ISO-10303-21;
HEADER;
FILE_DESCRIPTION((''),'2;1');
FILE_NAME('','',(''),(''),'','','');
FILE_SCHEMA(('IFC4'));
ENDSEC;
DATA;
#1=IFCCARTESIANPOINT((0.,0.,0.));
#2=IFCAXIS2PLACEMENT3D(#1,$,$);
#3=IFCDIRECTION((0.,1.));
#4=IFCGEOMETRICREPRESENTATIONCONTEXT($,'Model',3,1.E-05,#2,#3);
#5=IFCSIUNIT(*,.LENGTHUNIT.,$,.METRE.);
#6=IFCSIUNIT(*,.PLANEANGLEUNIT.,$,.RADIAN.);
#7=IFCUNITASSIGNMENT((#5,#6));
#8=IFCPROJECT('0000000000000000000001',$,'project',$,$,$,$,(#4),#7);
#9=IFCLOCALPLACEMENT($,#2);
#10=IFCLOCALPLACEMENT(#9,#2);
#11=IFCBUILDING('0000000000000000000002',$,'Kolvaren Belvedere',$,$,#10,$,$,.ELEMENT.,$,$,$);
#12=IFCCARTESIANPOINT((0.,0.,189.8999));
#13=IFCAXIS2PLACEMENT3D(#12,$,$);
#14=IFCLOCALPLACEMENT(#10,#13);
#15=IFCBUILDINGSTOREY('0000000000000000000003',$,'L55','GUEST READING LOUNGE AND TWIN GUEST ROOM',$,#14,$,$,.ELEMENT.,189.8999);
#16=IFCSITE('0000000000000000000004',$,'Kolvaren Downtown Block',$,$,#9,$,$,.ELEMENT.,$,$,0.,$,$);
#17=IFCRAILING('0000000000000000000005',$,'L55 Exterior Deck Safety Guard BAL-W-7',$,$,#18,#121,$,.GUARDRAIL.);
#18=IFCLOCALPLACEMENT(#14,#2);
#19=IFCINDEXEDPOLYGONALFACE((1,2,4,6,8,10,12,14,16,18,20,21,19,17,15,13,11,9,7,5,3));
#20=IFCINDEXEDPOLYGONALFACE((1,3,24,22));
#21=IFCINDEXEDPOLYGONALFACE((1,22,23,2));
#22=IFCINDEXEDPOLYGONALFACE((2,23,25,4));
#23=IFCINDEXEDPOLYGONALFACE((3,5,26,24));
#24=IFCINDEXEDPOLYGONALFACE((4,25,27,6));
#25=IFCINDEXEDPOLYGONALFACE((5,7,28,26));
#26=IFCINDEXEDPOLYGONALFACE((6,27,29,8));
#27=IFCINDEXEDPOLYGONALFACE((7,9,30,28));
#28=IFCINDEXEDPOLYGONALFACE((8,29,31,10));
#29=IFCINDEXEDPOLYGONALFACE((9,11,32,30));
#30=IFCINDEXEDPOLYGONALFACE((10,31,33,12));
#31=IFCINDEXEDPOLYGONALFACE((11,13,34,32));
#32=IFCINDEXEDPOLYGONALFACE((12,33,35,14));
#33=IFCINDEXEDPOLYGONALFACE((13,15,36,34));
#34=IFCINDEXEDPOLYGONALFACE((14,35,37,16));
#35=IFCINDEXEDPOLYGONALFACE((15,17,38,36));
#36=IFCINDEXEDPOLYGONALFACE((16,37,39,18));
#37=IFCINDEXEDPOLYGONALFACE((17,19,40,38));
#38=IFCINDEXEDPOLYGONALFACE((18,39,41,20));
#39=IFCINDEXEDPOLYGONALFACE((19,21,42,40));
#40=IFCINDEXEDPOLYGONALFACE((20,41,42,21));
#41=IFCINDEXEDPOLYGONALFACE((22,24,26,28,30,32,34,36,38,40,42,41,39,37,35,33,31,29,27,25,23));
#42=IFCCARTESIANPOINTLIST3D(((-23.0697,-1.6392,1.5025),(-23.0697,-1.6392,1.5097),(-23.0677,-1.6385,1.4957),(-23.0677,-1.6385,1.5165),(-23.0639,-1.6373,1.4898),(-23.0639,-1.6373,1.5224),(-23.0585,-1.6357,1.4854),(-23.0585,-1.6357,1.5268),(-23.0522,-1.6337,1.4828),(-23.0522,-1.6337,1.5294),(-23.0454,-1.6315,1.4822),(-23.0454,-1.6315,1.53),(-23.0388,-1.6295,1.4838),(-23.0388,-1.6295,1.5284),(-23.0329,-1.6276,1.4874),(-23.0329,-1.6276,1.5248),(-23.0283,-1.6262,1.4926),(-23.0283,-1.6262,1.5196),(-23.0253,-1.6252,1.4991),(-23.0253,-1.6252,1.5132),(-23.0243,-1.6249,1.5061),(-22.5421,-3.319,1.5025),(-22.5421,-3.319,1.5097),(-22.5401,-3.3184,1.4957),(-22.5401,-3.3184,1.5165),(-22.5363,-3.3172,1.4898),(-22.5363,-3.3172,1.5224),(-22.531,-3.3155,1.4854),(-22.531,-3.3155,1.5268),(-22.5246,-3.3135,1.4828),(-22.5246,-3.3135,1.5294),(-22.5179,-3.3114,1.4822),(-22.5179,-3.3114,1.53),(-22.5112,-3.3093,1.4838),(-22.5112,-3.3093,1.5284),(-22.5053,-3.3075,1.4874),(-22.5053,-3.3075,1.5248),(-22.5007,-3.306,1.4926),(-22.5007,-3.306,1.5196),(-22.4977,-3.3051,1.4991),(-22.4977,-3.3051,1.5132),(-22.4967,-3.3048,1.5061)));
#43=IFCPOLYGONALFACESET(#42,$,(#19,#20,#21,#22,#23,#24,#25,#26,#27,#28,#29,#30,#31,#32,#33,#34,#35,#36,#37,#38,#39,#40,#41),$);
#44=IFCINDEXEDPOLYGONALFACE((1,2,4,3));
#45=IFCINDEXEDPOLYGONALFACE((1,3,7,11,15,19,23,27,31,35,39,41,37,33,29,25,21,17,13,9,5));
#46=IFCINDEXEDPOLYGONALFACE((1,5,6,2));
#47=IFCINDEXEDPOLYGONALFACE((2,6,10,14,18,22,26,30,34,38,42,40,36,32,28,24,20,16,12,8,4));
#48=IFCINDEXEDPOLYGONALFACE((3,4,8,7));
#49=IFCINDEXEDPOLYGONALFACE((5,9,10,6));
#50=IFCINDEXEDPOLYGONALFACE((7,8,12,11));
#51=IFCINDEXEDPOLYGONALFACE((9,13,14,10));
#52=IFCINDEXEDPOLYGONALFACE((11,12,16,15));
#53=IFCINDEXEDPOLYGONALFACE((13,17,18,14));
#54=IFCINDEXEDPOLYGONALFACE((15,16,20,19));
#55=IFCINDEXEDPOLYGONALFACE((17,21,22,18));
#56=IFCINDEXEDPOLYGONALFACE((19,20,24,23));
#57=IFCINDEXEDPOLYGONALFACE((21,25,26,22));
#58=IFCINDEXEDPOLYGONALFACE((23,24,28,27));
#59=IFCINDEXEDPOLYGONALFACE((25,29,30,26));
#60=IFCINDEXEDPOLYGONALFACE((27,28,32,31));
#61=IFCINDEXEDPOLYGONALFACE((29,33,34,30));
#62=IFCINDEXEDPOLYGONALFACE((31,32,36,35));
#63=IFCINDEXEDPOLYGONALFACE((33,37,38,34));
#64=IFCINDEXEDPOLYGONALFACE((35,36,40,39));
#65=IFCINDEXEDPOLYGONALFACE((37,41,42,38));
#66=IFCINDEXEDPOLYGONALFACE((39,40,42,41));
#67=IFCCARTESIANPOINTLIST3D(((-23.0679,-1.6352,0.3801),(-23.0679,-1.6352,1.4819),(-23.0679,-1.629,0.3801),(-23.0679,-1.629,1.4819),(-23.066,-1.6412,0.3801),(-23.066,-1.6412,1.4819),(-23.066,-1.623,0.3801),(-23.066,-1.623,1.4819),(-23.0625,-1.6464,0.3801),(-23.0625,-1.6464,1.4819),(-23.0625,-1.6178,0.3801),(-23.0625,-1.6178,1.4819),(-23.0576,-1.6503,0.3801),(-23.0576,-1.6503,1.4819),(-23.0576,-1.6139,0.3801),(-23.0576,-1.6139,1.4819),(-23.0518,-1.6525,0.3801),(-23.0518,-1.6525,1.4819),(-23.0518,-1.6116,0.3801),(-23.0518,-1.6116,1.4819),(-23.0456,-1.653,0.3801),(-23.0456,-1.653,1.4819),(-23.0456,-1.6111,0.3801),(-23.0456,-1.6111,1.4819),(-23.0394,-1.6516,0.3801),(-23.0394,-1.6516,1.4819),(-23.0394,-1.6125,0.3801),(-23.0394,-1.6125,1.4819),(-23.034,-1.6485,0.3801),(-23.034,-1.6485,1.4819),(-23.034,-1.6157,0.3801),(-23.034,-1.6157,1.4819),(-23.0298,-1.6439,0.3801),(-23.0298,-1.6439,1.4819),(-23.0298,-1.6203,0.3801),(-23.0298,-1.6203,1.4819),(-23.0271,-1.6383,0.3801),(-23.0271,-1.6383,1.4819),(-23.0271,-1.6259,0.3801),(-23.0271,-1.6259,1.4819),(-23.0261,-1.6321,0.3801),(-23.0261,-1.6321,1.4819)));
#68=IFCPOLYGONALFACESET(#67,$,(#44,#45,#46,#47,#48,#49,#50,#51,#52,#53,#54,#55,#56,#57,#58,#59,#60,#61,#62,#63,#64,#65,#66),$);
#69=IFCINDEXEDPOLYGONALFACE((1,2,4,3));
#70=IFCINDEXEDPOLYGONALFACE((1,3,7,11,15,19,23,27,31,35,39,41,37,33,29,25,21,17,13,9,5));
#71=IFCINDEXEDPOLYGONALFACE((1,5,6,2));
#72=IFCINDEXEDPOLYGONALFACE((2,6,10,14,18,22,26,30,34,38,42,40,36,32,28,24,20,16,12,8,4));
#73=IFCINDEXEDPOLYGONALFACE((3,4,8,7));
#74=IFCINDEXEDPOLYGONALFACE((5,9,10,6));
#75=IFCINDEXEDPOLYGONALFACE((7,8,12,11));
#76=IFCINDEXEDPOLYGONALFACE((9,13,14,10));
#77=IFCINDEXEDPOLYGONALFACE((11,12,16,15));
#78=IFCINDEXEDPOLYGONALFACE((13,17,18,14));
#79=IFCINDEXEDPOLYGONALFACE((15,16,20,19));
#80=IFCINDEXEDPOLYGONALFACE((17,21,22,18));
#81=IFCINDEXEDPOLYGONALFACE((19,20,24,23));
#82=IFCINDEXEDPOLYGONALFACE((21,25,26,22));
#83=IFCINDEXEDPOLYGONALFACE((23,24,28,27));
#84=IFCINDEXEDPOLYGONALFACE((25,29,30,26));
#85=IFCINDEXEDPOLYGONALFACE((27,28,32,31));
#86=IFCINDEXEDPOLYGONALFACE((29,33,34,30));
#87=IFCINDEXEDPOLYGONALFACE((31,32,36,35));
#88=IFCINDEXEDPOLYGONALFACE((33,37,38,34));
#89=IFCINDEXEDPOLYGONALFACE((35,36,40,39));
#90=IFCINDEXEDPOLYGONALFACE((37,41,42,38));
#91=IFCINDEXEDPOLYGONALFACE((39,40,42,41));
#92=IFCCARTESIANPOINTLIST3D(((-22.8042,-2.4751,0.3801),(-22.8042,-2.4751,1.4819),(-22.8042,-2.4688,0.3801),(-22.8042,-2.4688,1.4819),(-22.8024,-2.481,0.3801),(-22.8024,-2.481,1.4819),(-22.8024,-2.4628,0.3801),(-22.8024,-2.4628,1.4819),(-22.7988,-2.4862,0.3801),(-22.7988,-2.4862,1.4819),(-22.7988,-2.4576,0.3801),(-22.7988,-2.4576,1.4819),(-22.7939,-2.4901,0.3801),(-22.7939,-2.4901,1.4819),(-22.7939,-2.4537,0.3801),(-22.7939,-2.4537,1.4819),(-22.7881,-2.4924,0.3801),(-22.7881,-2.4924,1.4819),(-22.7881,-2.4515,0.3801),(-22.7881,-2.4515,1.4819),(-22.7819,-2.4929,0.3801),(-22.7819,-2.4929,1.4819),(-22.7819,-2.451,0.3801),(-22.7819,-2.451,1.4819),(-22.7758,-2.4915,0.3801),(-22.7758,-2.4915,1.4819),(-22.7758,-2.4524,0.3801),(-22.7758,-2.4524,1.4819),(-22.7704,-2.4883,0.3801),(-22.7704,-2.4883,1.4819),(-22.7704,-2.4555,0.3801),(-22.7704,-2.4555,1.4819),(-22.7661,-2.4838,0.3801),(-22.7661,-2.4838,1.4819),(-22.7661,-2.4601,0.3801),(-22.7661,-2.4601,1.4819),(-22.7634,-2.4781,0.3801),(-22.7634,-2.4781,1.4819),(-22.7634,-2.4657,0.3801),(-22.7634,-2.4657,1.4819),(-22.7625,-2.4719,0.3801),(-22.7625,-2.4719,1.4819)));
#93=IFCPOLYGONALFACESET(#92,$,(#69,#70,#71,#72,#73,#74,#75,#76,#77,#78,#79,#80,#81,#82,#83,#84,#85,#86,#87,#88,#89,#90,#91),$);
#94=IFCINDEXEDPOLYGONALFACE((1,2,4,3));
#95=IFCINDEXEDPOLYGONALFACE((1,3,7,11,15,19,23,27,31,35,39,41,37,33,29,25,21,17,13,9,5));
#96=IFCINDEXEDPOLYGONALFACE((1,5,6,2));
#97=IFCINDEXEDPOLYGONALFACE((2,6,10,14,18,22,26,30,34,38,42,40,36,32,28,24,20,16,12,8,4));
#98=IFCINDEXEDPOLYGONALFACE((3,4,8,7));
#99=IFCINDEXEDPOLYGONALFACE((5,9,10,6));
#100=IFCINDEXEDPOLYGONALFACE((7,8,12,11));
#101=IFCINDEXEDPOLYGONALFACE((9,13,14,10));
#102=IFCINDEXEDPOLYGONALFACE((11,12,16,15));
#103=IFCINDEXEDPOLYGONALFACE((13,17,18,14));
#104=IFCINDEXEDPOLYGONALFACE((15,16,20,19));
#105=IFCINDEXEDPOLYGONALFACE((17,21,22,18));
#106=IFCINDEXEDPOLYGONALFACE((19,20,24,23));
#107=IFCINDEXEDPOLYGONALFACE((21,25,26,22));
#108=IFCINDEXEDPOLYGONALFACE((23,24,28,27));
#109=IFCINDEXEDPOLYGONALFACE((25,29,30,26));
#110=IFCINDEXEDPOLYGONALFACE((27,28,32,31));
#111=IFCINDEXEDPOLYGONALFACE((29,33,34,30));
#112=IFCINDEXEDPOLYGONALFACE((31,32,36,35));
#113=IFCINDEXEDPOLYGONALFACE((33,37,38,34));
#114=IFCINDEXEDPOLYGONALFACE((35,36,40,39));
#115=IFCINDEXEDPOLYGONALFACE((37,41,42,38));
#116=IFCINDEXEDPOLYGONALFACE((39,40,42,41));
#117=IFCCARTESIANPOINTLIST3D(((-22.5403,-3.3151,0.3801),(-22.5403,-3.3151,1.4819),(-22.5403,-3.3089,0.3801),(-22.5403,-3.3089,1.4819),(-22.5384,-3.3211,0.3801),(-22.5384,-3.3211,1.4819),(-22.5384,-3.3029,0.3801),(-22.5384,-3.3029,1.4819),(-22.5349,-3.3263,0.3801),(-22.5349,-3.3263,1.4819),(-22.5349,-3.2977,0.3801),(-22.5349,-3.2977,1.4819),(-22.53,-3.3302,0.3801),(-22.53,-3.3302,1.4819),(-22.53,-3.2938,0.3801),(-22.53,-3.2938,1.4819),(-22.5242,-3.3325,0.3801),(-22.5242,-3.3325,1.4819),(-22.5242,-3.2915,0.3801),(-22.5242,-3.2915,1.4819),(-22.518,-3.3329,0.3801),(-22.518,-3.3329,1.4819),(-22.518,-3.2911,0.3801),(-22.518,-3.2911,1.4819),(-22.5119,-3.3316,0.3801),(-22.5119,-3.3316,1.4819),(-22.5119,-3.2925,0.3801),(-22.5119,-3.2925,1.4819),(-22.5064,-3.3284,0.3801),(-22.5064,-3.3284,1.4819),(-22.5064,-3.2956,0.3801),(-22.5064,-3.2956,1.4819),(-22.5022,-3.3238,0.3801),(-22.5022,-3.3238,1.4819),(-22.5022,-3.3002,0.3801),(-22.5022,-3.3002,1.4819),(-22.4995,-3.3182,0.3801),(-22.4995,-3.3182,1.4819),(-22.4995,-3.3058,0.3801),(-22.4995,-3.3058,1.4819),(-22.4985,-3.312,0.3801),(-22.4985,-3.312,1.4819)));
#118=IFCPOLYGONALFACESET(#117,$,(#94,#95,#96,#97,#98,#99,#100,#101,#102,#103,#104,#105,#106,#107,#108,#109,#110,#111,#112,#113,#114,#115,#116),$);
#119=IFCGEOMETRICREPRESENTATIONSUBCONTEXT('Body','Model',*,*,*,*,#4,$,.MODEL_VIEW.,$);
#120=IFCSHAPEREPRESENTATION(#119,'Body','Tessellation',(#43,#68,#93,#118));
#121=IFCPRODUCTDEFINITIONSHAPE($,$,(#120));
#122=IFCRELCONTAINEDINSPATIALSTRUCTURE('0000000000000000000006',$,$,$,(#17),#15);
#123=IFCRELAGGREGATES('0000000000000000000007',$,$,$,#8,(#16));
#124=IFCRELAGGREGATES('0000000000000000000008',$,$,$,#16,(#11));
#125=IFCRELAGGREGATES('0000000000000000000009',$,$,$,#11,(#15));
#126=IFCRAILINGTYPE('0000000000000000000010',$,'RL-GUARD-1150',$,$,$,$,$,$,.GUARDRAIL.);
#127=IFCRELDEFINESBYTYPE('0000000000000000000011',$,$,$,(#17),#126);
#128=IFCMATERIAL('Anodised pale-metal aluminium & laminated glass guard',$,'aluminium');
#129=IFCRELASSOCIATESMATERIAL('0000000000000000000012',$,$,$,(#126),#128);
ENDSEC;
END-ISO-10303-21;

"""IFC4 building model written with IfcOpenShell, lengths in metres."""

from ifc_helpers import new_model, si_unit, direction, frame, origin, origin_2d, place, context, subcontext, project, spatial, circle, extrude, material, type_object, element, save


model = new_model("IFC4")

# Units and contexts
model_context = context("Model", 3, precision=1e-05, world=origin(), true_north=direction((0.0, 1.0)))
body_context = subcontext(model_context, "Body", "Model", "MODEL_VIEW")
ifc_project = project(units=[si_unit("LENGTHUNIT", "METRE"), si_unit("PLANEANGLEUNIT", "RADIAN")], contexts=[model_context])

# Site, building, storey
site_placement = place(None, origin())
site = spatial("IfcSite", under=ifc_project, at=site_placement, Name="Kolvaren Downtown Block", CompositionType="ELEMENT", RefElevation=0.0)
building_placement = place(site_placement, origin())
building = spatial("IfcBuilding", under=site, at=building_placement, Name="Kolvaren Belvedere", CompositionType="ELEMENT")
storey_placement = place(building_placement, frame((0.0, 0.0, 189.8999)))
storey = spatial("IfcBuildingStorey", under=building, at=storey_placement, Name="L55", Description="GUEST READING LOUNGE AND TWIN GUEST ROOM", CompositionType="ELEMENT", Elevation=189.8999)

# Railing
ifc_material_1 = material(Name="Anodised pale-metal aluminium & laminated glass guard", Category="aluminium")
railing_type = type_object("IfcRailingType", Name="RL-GUARD-1150", PredefinedType="GUARDRAIL", material=ifc_material_1)
railing_1_placement = place(storey_placement, frame((-23.0471, -1.6321, 0.3801)))
element("IfcRailing", 1, at=railing_1_placement, inside=storey, type_object=railing_type, Name="L55 Exterior Deck Safety Guard BAL-W-7", PredefinedType="GUARDRAIL", context=body_context, shape_type="SweptSolid", body=[
    extrude(circle(Radius=0.0239, at=origin_2d()), frame((0.0, 0.0, 1.126), z_axis=(0.299625, -0.954057, 0.0), x_axis=(0.954057, 0.299625, 0.0)), (0.0, 0.0, 1.0), 1.7607),
    extrude(circle(Radius=0.021, at=origin_2d()), origin(), (0.0, 0.0, 1.0), 1.1018),
    extrude(circle(Radius=0.021, at=origin_2d()), frame((0.2637, -0.8398, 0.0)), (0.0, 0.0, 1.0), 1.1018),
    extrude(circle(Radius=0.021, at=origin_2d()), frame((0.5276, -1.6799, 0.0)), (0.0, 0.0, 1.0), 1.1018),
])

save(model, "model.ifc")
